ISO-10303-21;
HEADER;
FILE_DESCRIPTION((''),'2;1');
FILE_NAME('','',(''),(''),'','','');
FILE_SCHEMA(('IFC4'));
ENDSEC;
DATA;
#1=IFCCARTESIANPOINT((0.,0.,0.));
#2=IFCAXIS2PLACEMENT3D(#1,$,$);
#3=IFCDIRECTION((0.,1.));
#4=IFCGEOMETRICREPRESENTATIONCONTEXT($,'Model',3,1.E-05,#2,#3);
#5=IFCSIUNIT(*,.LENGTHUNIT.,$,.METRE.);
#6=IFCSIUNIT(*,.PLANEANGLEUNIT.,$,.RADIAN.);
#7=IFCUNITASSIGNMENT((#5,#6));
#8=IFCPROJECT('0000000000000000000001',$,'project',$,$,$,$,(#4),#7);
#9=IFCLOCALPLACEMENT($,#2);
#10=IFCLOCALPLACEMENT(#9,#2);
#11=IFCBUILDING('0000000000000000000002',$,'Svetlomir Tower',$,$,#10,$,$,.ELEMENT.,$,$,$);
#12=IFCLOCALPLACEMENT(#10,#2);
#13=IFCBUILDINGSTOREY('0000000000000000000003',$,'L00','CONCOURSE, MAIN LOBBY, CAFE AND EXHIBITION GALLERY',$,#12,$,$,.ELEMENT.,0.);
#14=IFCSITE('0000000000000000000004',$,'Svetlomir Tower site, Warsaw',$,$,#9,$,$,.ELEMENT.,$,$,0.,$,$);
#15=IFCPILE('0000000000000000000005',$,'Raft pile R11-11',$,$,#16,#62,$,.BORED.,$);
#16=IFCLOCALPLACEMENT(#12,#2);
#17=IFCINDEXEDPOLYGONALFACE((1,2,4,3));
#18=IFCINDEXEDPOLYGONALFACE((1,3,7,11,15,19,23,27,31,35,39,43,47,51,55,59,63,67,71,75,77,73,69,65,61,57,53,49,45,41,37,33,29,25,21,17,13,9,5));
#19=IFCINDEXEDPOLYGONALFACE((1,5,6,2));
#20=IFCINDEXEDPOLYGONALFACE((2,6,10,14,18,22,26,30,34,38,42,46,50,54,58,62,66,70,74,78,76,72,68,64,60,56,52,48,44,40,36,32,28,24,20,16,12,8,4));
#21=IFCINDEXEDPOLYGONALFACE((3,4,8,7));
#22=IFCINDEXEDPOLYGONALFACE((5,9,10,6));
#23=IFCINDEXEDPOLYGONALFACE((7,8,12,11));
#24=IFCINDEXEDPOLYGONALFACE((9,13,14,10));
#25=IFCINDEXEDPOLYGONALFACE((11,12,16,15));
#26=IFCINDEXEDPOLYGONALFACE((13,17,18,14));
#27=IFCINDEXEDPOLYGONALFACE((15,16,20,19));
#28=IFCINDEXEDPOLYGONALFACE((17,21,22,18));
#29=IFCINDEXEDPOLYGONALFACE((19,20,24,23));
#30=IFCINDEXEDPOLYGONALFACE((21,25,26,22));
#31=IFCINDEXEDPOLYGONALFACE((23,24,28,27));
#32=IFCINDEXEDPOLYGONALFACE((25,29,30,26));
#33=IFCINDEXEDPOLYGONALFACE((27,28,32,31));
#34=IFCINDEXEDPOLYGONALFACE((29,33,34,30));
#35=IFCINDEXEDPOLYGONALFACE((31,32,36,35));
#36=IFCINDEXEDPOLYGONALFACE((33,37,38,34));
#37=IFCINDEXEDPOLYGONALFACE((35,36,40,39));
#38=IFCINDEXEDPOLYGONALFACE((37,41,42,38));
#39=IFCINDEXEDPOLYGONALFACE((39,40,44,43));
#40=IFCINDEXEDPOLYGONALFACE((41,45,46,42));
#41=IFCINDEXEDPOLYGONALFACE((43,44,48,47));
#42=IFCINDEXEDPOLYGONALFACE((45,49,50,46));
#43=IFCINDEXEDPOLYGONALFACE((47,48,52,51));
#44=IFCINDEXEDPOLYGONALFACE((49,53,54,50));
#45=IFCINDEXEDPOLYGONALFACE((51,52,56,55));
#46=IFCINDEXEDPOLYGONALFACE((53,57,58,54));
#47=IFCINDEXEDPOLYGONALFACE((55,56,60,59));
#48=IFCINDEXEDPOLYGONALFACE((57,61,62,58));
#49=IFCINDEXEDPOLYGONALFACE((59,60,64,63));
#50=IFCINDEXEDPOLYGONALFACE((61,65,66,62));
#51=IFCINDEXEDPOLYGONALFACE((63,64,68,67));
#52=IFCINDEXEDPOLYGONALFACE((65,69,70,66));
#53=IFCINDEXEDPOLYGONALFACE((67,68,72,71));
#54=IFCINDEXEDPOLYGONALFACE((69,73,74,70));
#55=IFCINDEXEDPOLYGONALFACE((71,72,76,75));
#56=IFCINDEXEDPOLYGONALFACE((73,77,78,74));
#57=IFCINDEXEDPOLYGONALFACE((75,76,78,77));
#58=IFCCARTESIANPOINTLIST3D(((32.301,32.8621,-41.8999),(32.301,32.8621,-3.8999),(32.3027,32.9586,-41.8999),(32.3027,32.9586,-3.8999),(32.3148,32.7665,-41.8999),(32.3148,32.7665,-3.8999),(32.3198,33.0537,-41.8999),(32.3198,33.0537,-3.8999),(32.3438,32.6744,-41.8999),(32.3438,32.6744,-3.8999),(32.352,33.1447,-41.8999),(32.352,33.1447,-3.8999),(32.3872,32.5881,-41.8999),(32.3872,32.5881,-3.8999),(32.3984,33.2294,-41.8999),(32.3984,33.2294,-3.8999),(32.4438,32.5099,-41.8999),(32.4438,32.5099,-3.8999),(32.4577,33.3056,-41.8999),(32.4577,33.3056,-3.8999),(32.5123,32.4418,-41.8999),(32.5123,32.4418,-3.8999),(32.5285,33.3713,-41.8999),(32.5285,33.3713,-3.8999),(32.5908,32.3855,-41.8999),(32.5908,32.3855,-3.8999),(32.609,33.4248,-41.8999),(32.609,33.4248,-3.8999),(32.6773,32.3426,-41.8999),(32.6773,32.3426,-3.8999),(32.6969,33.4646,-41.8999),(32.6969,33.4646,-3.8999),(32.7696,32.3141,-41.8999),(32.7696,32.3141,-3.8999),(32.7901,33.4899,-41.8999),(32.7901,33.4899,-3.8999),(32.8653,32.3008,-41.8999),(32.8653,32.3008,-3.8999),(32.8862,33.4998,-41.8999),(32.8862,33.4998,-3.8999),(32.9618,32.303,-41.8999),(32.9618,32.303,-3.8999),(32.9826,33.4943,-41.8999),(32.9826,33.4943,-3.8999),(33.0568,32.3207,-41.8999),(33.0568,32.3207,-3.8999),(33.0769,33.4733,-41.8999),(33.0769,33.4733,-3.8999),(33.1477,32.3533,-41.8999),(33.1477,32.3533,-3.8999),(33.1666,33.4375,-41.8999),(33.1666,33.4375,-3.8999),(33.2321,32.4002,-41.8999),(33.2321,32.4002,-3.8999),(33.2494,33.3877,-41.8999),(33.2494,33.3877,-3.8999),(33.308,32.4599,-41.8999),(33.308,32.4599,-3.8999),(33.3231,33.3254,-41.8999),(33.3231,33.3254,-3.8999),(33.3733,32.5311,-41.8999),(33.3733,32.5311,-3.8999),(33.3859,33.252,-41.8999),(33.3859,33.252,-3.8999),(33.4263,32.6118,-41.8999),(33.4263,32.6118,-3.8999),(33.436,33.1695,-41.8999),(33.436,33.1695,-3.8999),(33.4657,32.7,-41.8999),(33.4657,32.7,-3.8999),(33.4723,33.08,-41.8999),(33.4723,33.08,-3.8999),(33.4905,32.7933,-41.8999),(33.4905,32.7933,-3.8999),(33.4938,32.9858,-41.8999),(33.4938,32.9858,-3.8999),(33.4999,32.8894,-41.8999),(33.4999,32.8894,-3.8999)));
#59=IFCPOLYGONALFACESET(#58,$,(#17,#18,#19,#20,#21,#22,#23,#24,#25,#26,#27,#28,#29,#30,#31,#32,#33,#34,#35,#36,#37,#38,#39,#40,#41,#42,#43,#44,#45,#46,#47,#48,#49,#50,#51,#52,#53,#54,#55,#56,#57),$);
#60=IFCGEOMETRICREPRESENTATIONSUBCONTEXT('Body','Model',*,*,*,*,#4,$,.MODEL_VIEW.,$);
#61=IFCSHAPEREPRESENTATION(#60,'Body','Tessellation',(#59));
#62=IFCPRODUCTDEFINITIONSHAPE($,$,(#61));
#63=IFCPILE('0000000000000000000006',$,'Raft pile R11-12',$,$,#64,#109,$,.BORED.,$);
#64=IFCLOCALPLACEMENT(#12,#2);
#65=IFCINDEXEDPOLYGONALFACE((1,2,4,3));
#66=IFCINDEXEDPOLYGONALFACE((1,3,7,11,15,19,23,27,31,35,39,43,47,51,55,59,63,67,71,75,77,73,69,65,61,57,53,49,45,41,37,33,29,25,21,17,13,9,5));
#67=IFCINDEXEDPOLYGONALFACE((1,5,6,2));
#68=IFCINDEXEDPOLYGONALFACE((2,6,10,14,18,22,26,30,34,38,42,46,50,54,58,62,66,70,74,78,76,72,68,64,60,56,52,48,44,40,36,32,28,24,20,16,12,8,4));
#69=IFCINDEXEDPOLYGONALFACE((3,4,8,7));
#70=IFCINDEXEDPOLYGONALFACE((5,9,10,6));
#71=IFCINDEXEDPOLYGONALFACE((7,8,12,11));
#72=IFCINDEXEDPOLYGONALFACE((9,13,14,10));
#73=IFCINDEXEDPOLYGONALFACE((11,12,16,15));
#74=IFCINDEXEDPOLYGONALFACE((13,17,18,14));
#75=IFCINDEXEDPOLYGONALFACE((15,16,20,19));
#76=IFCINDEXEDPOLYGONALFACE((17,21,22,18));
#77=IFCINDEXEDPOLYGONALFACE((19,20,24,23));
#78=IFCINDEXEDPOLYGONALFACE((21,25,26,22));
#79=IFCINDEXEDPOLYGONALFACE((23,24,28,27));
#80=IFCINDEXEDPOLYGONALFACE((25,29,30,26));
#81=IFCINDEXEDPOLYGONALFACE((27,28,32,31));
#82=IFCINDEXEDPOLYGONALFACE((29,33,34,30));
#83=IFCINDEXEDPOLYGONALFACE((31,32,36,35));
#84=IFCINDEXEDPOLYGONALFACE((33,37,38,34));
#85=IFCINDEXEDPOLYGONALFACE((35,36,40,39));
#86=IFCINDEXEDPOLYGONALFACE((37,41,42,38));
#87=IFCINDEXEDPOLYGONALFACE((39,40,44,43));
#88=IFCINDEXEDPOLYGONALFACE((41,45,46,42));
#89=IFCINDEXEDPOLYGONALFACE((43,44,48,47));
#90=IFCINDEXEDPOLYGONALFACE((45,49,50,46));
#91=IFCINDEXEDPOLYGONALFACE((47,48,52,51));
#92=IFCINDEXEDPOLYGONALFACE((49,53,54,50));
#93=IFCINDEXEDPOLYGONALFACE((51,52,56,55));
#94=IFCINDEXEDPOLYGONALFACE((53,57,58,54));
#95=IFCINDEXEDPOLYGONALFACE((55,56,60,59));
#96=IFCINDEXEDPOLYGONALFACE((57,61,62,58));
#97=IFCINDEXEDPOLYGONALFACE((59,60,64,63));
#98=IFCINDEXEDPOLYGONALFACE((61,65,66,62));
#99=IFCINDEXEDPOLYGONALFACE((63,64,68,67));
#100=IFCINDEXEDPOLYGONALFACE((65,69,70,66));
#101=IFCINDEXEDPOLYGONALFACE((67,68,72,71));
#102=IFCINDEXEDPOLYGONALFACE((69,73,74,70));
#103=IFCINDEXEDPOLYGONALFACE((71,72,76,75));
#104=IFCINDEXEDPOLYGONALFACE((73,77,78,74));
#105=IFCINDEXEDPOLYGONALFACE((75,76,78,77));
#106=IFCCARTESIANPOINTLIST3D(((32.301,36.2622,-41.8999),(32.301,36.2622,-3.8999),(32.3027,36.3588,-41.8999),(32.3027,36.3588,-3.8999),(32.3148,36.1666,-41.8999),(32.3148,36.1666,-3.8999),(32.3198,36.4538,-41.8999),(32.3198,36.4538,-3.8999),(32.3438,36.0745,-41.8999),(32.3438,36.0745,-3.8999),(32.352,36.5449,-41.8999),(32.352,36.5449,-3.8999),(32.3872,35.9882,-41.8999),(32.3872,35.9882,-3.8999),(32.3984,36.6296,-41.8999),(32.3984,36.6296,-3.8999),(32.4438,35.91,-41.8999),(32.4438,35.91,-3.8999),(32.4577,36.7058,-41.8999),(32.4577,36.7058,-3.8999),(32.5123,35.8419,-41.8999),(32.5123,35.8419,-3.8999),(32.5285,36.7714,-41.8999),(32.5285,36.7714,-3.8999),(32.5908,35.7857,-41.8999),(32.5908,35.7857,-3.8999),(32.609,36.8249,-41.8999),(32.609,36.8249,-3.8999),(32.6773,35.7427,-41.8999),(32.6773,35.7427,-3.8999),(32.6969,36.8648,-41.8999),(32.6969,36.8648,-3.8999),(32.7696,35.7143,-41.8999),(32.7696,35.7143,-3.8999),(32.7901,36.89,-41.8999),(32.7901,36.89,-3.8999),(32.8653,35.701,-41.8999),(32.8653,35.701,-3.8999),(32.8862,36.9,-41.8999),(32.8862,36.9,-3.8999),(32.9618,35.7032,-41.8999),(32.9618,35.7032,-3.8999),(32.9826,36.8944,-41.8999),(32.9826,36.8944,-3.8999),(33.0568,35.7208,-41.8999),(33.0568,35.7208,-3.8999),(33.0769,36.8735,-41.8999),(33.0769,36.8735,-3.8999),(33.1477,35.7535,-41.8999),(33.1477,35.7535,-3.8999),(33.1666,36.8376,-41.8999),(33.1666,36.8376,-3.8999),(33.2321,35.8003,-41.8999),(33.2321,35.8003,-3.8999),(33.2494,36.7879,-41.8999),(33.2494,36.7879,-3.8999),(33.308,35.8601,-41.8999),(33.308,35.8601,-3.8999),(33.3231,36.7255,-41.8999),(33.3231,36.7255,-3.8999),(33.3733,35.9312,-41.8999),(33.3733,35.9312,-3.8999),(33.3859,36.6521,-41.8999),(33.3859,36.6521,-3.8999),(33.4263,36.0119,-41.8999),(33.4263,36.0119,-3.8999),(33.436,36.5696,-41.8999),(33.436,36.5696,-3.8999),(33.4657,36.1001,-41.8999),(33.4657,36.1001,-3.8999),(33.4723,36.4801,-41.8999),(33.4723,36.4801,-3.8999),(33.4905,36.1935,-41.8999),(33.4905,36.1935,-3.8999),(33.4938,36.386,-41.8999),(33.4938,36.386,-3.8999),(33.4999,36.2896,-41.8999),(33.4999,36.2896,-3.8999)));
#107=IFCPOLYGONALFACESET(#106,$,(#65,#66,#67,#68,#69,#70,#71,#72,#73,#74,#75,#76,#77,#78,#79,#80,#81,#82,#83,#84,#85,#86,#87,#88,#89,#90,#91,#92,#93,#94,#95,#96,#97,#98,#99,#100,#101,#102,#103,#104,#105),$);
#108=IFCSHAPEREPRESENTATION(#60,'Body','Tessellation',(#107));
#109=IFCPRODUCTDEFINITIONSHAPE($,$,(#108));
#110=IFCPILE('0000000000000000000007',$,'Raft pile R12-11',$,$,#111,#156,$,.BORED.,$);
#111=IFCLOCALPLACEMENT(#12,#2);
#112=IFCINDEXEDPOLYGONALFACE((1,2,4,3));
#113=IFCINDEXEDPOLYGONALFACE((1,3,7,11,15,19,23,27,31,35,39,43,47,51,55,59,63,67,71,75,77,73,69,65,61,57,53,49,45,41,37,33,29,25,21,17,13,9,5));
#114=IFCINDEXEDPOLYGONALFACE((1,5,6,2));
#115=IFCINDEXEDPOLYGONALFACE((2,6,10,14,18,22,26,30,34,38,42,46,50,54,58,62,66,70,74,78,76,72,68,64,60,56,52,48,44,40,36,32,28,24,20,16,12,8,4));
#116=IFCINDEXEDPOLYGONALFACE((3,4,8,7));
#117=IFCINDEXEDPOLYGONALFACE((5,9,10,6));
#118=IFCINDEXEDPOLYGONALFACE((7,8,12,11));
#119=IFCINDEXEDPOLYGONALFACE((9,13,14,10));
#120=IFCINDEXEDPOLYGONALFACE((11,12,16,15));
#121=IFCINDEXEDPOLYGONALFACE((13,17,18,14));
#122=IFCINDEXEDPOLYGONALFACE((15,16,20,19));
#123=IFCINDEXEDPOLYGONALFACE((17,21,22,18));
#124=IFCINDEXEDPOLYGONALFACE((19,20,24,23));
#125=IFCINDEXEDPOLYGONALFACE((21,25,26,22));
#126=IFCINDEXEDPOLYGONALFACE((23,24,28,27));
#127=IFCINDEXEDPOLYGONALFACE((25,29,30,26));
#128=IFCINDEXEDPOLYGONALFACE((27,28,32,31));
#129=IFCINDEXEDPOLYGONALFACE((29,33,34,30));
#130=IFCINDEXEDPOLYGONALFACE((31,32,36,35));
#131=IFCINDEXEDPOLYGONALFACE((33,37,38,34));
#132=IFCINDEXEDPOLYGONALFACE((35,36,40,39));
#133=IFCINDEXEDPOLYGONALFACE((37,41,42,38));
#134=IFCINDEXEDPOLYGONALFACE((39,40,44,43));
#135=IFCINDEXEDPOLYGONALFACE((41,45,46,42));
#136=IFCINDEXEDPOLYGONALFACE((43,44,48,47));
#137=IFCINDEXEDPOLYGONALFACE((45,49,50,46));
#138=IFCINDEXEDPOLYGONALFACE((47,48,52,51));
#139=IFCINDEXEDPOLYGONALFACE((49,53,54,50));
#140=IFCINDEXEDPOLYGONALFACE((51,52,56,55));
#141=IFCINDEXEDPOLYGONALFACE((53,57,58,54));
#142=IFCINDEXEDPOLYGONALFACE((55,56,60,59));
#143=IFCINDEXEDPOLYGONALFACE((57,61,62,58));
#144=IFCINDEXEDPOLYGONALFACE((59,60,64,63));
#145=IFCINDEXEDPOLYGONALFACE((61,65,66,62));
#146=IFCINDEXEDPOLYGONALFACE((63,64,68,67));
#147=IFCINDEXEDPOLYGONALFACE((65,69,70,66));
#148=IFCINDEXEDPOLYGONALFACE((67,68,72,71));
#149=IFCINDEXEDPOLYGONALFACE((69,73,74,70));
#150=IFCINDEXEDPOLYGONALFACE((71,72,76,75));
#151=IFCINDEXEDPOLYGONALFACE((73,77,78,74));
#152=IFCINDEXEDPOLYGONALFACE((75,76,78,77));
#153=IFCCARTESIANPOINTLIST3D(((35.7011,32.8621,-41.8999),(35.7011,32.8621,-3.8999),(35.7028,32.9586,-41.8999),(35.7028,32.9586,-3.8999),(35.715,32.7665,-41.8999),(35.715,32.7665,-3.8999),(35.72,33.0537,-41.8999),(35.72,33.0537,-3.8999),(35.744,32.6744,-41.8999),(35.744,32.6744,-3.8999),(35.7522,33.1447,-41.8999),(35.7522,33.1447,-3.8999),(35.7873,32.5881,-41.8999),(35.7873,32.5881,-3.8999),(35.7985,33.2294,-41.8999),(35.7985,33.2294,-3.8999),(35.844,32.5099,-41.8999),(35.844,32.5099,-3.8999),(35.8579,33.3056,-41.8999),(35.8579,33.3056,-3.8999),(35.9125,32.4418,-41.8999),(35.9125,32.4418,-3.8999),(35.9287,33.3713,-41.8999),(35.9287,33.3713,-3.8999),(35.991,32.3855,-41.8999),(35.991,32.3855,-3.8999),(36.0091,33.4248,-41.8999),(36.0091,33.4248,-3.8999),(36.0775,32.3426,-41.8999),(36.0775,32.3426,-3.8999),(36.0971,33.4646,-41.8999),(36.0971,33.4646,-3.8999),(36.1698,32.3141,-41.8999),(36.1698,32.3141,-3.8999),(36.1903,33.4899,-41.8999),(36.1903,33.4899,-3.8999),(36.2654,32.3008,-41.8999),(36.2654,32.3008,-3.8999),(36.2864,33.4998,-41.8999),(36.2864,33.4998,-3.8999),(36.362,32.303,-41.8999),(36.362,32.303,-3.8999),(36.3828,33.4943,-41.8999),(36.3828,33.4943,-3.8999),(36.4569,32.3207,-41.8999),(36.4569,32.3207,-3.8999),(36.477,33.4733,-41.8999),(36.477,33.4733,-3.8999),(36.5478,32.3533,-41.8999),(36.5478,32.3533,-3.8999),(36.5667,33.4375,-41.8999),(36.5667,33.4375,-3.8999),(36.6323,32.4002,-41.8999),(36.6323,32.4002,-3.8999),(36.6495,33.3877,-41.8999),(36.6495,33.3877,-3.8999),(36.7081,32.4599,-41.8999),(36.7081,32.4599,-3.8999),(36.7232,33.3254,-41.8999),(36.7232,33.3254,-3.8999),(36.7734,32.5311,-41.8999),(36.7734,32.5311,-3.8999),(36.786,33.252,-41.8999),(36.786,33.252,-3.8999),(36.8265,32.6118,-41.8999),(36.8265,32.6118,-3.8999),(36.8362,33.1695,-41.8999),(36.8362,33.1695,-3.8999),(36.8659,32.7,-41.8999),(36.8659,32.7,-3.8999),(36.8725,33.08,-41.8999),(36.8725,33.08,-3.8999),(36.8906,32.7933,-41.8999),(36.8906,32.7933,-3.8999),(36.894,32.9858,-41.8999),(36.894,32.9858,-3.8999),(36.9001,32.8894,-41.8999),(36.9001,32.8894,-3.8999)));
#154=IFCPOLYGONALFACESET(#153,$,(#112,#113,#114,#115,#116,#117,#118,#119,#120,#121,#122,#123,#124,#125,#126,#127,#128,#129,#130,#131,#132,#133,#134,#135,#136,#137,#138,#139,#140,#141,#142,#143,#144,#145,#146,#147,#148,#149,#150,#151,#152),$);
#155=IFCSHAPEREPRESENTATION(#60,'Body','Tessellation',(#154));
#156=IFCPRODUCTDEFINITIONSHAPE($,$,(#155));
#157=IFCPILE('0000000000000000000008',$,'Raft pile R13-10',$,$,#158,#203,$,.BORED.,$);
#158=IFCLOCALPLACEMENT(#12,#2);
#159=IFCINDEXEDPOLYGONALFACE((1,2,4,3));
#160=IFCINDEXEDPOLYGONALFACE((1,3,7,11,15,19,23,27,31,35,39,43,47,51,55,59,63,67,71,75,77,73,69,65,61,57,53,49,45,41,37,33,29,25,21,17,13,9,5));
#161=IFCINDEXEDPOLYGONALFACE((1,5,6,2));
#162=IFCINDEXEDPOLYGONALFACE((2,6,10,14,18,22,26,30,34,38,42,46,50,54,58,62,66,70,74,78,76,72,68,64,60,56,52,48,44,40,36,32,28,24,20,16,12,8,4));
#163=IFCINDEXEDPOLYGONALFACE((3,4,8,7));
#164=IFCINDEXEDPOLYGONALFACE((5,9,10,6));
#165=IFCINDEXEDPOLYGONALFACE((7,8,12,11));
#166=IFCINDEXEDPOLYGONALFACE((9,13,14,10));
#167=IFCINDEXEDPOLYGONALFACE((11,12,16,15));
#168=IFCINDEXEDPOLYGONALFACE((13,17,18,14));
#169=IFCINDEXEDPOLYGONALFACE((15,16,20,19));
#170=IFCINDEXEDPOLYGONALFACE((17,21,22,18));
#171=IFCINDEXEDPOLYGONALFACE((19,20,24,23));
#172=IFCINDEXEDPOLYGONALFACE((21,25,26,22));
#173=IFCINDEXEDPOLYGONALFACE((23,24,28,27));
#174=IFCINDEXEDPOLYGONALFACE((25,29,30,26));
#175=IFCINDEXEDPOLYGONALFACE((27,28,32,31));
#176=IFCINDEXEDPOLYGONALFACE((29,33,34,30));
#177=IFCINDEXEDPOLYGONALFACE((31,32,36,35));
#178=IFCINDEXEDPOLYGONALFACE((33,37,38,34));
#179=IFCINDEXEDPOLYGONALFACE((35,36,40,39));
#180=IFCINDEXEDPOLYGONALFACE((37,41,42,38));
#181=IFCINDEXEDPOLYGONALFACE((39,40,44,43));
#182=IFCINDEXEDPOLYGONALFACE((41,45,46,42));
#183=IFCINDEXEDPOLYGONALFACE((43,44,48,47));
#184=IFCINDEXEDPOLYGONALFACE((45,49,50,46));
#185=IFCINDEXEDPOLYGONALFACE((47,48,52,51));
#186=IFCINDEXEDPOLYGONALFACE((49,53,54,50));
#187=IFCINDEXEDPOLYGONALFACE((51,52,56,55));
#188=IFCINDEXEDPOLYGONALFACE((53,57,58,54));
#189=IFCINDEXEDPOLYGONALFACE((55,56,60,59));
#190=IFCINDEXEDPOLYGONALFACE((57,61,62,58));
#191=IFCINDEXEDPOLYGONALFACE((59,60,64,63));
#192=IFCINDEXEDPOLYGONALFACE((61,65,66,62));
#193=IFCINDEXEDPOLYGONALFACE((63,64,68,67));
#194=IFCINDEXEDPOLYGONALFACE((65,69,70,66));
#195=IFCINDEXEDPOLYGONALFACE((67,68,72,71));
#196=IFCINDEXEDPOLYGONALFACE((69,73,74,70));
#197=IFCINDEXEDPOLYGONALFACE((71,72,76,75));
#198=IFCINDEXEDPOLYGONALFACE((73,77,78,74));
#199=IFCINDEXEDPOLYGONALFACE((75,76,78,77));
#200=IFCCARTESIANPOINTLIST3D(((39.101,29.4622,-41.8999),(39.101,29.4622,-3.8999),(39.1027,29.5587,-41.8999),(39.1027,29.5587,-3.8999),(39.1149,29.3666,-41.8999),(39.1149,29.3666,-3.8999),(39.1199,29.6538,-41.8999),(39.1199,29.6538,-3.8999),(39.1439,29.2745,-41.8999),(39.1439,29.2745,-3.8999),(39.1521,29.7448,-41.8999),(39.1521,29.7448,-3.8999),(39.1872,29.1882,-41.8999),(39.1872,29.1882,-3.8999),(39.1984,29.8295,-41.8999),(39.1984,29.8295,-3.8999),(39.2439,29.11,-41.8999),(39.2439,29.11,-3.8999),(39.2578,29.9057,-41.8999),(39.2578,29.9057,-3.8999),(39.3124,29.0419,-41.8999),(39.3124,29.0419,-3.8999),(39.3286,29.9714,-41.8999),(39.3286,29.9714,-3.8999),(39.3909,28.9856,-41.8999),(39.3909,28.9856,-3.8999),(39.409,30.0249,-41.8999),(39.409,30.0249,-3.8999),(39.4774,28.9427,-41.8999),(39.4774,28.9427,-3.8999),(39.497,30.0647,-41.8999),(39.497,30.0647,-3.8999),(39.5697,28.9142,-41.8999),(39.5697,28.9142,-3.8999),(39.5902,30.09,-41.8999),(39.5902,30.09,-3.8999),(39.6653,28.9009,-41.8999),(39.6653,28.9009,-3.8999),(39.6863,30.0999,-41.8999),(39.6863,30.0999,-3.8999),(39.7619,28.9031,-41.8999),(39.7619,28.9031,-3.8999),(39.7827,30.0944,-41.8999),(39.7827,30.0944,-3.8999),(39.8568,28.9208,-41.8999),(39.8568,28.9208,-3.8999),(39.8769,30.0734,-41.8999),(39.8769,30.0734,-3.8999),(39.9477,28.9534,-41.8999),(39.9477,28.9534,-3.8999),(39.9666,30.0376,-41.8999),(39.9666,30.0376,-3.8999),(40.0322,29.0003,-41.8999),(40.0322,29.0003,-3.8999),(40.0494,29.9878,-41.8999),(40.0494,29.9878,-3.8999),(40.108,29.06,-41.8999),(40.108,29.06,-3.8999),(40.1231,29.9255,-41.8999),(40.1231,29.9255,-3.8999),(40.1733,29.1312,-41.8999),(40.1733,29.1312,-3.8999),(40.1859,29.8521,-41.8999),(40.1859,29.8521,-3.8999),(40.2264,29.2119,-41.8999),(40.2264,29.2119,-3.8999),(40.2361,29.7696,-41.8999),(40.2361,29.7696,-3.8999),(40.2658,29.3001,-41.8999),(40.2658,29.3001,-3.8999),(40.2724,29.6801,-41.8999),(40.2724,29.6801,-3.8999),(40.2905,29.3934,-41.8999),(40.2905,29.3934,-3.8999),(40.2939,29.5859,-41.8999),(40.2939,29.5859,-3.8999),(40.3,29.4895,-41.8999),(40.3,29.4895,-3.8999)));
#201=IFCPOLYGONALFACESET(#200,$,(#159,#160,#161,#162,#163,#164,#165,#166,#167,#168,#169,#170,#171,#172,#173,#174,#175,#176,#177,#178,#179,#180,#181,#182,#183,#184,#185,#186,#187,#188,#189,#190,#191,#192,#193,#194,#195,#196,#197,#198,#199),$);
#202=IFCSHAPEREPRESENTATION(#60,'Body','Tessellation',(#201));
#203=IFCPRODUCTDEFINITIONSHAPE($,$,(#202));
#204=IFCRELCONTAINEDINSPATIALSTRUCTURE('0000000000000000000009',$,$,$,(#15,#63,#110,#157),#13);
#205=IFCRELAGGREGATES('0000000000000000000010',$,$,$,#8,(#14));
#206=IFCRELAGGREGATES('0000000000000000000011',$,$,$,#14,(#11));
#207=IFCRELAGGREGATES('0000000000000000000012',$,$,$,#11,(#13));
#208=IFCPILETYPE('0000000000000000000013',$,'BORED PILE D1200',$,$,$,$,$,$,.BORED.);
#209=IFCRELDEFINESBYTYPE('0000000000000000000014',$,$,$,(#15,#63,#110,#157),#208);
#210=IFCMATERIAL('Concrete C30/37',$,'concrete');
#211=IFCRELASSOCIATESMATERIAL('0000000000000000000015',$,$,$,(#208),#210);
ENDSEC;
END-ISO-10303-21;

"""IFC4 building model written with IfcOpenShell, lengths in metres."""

from ifc_helpers import new_model, si_unit, direction, frame, frame_2d, origin, origin_2d, place, context, subcontext, project, spatial, circle, extrude, material, material_profile, profile_set, type_object, element, save


model = new_model("IFC4")

# Units and contexts
model_context = context("Model", 3, precision=1e-05, world=origin(), true_north=direction((0.0, 1.0)))
body_context = subcontext(model_context, "Body", "Model", "MODEL_VIEW")
ifc_project = project(units=[si_unit("LENGTHUNIT", "METRE"), si_unit("PLANEANGLEUNIT", "RADIAN")], contexts=[model_context])

# Site, building, storey
site_placement = place(None, origin())
site = spatial("IfcSite", under=ifc_project, at=site_placement, Name="Svetlomir Tower site, Warsaw", CompositionType="ELEMENT", RefElevation=0.0)
building_placement = place(site_placement, origin())
building = spatial("IfcBuilding", under=site, at=building_placement, Name="Svetlomir Tower", CompositionType="ELEMENT")
storey_placement = place(building_placement, origin())
storey = spatial("IfcBuildingStorey", under=building, at=storey_placement, Name="L00", Description="CONCOURSE, MAIN LOBBY, CAFE AND EXHIBITION GALLERY", CompositionType="ELEMENT", Elevation=0.0)

# Piles
ifc_material_1 = material(Name="Concrete C30/37", Category="concrete")
ifc_material_profile_1 = material_profile(ifc_material_1, circle(Radius=0.6001, at=origin_2d()), Name="D1200")
ifc_profile_set_1 = profile_set([ifc_material_profile_1], Name="Concrete C30/37")
pile_type = type_object("IfcPileType", Name="BORED PILE D1200", PredefinedType="BORED", material=ifc_profile_set_1)
for number, where, z_axis, x_axis, name in (
    (1, (32.8999, 32.8999, -3.8999), (0.0, 0.0, -1.0), (1.0, 0.0, 0.0), "Raft pile R11-11"),
    (2, (32.8999, 36.3, -3.8999), (0.0, 0.0, -1.0), (1.0, 0.0, 0.0), "Raft pile R11-12"),
    (3, (36.3, 32.8999, -3.8999), (0.0, 0.0, -1.0), (1.0, 0.0, 0.0), "Raft pile R12-11"),
    (4, (39.7, 29.5, -3.8999), (0.0, 0.0, -1.0), (1.0, 0.0, 0.0), "Raft pile R13-10"),
):
    element("IfcPile", number, at=place(storey_placement, frame(where, z_axis=z_axis, x_axis=x_axis)), inside=storey, type_object=pile_type, Name=name, PredefinedType="BORED", context=body_context, shape_type="SweptSolid", body=[
        extrude(circle(Radius=0.6001, at=frame_2d((0.0, 0.0), x_axis=(0.999848, 0.017452))), origin(), (0.0, 0.0, 1.0), 38.0),
    ])

save(model, "model.ifc")
